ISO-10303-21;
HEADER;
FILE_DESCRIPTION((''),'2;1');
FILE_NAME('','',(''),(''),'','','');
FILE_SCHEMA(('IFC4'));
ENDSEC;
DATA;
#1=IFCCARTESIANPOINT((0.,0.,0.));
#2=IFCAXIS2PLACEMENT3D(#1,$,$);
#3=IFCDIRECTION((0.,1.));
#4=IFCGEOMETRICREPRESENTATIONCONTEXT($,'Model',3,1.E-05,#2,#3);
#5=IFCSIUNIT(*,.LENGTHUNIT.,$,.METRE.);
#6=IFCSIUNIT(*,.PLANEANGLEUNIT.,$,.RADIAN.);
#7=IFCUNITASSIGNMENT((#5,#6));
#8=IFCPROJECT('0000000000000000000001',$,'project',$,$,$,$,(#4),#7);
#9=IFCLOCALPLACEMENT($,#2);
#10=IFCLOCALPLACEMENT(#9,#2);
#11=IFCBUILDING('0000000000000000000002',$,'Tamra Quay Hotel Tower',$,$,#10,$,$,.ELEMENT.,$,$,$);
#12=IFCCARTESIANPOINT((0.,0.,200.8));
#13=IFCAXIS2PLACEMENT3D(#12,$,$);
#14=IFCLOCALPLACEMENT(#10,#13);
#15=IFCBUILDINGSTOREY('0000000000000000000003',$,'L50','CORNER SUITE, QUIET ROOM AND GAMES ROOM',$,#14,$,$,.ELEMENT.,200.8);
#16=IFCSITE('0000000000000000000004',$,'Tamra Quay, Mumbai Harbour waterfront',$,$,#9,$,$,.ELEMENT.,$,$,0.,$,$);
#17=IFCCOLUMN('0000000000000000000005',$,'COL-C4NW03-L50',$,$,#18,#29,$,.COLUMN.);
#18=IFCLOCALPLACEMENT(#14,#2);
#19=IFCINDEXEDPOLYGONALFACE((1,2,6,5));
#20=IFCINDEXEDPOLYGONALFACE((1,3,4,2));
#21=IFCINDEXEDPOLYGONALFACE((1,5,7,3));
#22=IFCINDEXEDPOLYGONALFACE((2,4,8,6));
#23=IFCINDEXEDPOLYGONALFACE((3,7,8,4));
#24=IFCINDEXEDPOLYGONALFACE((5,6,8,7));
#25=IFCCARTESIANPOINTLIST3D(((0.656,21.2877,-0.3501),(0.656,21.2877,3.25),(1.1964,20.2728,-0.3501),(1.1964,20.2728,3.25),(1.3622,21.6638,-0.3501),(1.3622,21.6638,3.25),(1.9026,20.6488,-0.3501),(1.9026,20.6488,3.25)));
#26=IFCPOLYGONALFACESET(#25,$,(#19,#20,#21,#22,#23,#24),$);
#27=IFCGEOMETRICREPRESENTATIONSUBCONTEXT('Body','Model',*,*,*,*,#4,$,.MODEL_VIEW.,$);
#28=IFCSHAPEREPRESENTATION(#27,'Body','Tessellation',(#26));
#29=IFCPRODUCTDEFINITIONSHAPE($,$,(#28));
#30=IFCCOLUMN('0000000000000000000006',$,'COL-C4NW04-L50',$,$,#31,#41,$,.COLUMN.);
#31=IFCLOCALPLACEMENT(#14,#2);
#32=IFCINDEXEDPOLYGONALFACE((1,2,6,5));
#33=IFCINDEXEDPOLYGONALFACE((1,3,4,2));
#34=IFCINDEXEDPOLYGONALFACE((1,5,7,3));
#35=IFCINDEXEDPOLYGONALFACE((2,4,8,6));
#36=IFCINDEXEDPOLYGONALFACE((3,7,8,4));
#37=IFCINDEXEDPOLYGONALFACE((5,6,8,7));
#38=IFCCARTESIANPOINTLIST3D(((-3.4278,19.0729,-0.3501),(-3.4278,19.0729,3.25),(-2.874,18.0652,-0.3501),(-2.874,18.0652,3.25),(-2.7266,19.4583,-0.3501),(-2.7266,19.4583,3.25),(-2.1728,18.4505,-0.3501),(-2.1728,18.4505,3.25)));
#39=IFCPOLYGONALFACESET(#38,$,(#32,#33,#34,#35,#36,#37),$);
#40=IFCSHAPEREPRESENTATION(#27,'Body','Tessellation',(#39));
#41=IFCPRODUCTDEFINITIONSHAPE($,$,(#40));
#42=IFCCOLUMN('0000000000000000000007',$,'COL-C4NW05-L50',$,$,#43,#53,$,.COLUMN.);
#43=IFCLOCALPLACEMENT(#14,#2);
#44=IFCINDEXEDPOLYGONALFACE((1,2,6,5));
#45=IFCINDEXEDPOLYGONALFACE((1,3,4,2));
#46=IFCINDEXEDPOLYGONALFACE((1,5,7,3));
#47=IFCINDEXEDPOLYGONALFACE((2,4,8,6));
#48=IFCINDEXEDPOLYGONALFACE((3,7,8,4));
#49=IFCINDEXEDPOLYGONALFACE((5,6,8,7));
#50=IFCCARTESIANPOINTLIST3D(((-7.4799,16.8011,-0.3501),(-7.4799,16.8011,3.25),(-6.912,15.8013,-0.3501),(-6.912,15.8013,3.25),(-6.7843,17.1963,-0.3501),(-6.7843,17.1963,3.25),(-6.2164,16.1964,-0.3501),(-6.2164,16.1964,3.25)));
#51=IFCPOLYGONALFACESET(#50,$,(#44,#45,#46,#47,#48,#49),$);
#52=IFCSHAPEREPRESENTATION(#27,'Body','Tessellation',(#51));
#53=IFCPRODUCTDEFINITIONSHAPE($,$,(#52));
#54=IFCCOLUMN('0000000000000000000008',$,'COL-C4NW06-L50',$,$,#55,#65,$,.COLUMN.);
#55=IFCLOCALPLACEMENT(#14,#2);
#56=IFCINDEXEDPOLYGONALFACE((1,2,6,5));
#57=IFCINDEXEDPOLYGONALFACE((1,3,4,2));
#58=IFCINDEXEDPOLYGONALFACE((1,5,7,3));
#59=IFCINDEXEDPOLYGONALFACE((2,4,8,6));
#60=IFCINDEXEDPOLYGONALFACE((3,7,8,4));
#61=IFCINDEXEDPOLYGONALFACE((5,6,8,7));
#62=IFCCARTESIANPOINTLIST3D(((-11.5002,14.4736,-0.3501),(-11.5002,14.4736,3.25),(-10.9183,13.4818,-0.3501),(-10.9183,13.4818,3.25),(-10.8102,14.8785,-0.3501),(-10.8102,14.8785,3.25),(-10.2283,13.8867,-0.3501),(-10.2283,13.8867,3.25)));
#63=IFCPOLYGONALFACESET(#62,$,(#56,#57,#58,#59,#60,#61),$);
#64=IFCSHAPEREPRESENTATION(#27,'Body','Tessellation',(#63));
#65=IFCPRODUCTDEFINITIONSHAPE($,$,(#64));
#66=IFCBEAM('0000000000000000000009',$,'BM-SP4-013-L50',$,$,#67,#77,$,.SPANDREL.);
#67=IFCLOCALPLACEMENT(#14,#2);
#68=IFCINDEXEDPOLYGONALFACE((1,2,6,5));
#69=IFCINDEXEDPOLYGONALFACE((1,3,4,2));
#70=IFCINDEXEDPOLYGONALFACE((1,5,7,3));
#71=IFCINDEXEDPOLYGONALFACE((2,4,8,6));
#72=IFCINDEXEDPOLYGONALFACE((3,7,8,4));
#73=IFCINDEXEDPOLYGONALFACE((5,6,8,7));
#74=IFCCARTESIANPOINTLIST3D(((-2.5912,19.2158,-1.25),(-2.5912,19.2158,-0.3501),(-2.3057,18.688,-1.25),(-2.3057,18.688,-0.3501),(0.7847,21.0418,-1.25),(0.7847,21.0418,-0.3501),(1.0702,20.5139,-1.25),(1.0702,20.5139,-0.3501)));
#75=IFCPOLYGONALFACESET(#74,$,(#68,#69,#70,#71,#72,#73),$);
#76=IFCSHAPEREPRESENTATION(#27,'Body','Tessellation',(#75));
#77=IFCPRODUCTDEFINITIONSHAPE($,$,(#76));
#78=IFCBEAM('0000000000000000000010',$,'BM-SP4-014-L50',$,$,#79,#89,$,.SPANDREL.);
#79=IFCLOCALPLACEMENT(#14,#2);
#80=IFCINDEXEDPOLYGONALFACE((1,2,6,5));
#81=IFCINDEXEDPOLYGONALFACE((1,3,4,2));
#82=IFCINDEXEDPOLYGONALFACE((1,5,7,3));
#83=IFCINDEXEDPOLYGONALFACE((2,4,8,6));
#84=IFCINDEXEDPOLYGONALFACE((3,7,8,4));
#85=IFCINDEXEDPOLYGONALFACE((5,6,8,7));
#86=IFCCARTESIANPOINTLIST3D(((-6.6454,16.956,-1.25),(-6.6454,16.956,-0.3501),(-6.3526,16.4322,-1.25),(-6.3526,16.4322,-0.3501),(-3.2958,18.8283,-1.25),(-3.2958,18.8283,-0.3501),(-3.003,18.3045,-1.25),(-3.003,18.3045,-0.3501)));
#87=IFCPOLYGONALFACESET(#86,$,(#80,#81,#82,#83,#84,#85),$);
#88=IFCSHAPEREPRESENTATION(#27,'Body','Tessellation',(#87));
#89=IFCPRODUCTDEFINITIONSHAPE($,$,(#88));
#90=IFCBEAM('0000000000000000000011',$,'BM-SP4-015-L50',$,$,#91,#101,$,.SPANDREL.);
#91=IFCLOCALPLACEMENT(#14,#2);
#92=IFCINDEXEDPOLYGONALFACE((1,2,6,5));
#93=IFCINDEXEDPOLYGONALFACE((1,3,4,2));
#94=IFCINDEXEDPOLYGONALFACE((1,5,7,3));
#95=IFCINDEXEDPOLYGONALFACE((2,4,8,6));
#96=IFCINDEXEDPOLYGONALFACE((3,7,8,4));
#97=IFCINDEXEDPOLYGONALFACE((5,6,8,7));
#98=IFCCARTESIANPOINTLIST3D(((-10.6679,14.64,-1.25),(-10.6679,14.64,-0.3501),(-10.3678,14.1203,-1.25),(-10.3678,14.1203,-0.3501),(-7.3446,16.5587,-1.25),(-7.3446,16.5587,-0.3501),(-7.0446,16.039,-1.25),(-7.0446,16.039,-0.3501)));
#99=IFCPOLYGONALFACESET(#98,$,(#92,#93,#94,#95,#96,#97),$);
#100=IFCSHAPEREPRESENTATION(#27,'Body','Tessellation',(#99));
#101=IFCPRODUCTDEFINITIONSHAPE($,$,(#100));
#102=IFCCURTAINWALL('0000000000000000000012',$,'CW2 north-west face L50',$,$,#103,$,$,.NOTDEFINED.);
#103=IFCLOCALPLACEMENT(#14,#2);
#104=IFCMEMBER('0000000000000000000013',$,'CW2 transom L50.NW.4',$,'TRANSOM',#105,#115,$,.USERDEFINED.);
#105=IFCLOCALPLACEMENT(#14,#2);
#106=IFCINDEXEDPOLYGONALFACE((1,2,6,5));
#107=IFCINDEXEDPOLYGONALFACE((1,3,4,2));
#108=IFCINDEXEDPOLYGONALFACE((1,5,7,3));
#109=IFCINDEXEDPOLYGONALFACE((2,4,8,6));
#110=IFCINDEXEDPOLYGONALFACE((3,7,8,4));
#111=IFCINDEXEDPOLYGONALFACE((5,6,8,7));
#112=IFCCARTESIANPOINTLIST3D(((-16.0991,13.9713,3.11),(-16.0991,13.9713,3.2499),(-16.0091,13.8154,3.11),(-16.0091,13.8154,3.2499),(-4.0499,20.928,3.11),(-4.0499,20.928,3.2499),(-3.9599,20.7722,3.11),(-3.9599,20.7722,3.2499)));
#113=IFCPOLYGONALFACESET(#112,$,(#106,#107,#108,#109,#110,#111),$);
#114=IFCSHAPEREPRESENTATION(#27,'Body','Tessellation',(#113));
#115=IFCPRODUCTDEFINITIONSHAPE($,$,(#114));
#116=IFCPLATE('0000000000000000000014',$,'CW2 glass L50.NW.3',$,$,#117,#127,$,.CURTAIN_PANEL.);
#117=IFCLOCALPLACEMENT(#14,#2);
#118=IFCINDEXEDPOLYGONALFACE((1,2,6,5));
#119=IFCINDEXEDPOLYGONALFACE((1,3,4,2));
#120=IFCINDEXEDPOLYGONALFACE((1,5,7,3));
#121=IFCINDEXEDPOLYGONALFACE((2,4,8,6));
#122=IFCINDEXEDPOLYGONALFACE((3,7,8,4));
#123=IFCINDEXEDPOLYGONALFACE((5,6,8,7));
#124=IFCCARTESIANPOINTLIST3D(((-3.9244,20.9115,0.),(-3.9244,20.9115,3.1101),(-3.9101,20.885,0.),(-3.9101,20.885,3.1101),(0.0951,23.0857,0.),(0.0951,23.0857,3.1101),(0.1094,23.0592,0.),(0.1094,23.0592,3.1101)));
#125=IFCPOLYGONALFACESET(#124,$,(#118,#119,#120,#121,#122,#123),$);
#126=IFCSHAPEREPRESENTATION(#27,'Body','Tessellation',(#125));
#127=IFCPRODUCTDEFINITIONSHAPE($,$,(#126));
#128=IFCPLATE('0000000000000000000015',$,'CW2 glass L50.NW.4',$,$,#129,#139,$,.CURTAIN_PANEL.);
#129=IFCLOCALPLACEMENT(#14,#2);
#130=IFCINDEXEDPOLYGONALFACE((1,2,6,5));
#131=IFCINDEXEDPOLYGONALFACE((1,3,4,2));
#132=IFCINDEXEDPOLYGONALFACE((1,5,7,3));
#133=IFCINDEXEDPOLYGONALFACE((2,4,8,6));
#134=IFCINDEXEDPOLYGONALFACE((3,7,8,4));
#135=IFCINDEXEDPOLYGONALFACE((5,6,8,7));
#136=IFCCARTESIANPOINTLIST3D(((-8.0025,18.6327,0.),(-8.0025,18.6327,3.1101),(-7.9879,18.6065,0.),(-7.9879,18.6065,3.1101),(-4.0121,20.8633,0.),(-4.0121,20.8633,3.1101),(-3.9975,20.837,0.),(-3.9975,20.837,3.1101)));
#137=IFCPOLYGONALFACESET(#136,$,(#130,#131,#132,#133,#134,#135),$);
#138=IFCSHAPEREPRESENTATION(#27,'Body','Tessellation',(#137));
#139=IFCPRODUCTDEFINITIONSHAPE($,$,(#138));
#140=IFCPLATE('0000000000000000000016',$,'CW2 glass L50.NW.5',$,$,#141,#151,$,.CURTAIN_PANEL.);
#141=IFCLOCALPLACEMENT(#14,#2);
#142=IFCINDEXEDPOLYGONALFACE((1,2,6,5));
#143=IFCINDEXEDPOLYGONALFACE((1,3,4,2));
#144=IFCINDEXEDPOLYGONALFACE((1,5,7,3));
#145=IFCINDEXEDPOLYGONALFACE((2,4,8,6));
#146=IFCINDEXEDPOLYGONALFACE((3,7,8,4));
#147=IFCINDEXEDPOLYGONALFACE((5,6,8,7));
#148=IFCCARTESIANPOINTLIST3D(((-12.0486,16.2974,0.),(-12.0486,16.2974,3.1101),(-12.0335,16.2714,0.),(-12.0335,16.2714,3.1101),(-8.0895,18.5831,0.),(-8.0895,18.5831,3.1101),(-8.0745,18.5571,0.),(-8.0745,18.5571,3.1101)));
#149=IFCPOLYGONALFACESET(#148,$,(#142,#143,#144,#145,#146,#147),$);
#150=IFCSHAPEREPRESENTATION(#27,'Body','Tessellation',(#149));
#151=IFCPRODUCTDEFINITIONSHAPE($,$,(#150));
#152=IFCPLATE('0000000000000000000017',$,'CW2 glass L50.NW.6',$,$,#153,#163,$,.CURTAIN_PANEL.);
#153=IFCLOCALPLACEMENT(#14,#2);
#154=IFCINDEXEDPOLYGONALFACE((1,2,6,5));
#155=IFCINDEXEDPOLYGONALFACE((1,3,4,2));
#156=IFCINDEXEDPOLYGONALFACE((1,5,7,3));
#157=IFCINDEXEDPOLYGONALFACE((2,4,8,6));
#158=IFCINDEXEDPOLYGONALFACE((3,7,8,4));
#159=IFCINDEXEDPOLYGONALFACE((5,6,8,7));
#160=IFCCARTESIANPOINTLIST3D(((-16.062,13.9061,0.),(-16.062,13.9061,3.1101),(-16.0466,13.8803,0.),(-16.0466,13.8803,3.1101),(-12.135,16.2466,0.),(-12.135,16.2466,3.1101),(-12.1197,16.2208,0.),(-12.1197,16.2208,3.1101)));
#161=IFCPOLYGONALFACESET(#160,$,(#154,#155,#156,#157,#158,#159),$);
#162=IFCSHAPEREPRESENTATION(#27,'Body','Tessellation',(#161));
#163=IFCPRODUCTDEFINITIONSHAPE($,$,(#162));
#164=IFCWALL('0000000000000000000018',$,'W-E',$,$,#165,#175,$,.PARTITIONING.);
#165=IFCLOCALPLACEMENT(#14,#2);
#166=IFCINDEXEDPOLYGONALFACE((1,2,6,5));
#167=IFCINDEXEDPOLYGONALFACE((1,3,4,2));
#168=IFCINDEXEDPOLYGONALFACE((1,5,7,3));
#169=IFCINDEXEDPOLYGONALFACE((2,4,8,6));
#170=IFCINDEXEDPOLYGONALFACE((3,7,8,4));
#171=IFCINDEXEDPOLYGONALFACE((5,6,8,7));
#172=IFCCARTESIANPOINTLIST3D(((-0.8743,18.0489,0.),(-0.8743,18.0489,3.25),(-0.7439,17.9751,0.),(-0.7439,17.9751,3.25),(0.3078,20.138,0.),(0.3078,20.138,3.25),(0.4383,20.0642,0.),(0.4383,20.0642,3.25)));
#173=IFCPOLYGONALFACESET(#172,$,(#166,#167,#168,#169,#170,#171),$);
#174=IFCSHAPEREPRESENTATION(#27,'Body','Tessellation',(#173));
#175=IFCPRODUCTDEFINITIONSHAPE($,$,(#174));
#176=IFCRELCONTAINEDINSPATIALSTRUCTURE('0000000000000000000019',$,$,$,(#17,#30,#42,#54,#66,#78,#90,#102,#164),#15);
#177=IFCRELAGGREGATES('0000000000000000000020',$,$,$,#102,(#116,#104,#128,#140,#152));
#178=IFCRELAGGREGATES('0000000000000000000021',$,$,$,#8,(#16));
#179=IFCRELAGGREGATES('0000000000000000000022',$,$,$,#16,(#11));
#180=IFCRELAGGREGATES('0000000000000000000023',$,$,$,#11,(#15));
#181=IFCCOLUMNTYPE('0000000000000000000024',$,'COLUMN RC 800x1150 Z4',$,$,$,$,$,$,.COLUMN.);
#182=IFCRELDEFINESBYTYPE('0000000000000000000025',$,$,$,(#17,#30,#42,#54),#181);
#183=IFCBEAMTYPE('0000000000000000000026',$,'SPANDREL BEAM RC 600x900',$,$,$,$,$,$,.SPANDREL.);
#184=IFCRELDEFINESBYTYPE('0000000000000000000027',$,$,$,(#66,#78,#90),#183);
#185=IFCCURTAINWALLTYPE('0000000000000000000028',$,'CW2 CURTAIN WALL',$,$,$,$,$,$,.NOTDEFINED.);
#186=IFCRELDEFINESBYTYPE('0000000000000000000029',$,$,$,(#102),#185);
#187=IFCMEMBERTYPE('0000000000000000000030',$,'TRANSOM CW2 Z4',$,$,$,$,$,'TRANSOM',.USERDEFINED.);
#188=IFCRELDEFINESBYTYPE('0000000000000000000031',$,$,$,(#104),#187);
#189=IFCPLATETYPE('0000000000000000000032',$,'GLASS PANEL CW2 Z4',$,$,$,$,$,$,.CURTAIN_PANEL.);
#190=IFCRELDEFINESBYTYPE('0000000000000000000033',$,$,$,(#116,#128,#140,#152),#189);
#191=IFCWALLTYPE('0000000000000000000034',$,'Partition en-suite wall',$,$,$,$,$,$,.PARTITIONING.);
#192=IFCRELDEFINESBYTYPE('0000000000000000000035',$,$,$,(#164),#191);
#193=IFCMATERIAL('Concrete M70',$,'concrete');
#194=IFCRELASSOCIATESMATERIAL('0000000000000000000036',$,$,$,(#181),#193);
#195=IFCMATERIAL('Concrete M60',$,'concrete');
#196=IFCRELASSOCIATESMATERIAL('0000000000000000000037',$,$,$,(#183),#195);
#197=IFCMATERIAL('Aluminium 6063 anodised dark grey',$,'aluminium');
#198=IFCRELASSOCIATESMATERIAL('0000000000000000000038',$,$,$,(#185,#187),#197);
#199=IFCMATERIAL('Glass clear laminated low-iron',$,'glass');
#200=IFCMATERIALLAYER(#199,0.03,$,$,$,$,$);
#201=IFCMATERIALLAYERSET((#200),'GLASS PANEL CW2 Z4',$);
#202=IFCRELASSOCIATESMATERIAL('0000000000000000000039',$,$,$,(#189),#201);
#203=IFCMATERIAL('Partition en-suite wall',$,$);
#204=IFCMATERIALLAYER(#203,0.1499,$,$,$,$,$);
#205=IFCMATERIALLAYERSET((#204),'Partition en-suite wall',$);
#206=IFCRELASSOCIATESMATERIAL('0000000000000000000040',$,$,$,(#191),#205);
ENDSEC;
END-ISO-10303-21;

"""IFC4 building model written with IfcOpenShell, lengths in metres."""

from ifc_helpers import new_model, si_unit, direction, frame, frame_2d, origin, origin_2d, place, context, subcontext, project, spatial, rectangle, extrude, material, layer, layer_set, material_profile, profile_set, type_object, element, aggregate, save


model = new_model("IFC4")

# Units and contexts
model_context = context("Model", 3, precision=1e-05, world=origin(), true_north=direction((0.0, 1.0)))
body_context = subcontext(model_context, "Body", "Model", "MODEL_VIEW")
ifc_project = project(units=[si_unit("LENGTHUNIT", "METRE"), si_unit("PLANEANGLEUNIT", "RADIAN")], contexts=[model_context])

# Site, building, storey
site_placement = place(None, origin())
site = spatial("IfcSite", under=ifc_project, at=site_placement, Name="Tamra Quay, Mumbai Harbour waterfront", CompositionType="ELEMENT", RefElevation=0.0)
building_placement = place(site_placement, origin())
building = spatial("IfcBuilding", under=site, at=building_placement, Name="Tamra Quay Hotel Tower", CompositionType="ELEMENT")
storey_placement = place(building_placement, frame((0.0, 0.0, 200.8)))
storey = spatial("IfcBuildingStorey", under=building, at=storey_placement, Name="L50", Description="CORNER SUITE, QUIET ROOM AND GAMES ROOM", CompositionType="ELEMENT", Elevation=200.8)

# Columns
ifc_material_1 = material(Name="Concrete M70", Category="concrete")
ifc_material_profile_1 = material_profile(ifc_material_1, rectangle(XDim=1.1499, YDim=0.8, at=origin_2d()), Name="COLUMN RC 800x1150 Z4")
ifc_profile_set_1 = profile_set([ifc_material_profile_1], Name="Concrete M70")
column_type = type_object("IfcColumnType", Name="COLUMN RC 800x1150 Z4", PredefinedType="COLUMN", material=ifc_profile_set_1)
for number, where, z_axis, x_axis, name in (
    (1, (1.2793, 20.9683, -0.3501), (0.0, 0.0, 1.0), (-0.470002, 0.882666, 0.0), "COL-C4NW03-L50"),
    (2, (-2.8003, 18.7617, -0.3501), (0.0, 0.0, 1.0), (-0.481602, 0.87639, 0.0), "COL-C4NW04-L50"),
    (3, (-6.8481, 16.4988, -0.3501), (0.0, 0.0, 1.0), (-0.49389, 0.869524, 0.0), "COL-C4NW05-L50"),
    (4, (-10.8643, 14.1802, -0.3501), (0.0, 0.0, 1.0), (-0.506085, 0.862484, 0.0), "COL-C4NW06-L50"),
):
    element("IfcColumn", number, at=place(storey_placement, frame(where, z_axis=z_axis, x_axis=x_axis)), inside=storey, type_object=column_type, Name=name, PredefinedType="COLUMN", context=body_context, shape_type="SweptSolid", body=[
        extrude(rectangle(XDim=1.1499, YDim=0.8, at=origin_2d()), origin(), (0.0, 0.0, 1.0), 3.6001),
    ])

# Beams
ifc_material_2 = material(Name="Concrete M60", Category="concrete")
ifc_material_profile_2 = material_profile(ifc_material_2, rectangle(XDim=0.6001, YDim=0.8999, at=origin_2d()), Name="SPANDREL BEAM RC 600x900")
ifc_profile_set_2 = profile_set([ifc_material_profile_2], Name="Concrete M60")
beam_type = type_object("IfcBeamType", Name="SPANDREL BEAM RC 600x900", PredefinedType="SPANDREL", material=ifc_profile_set_2)
beam_placement = place(storey_placement, frame((0.9275, 20.7778, -0.8), z_axis=(-0.879589, -0.475734, 0.0), x_axis=(0.475734, -0.879589, 0.0)))
element("IfcBeam", 5, at=beam_placement, inside=storey, type_object=beam_type, Name="BM-SP4-013-L50", PredefinedType="SPANDREL", context=body_context, shape_type="SweptSolid", body=[
    extrude(rectangle(XDim=0.6001, YDim=0.8999, at=origin_2d()), origin(), (0.0, 0.0, 1.0), 3.8381),
])
for number, where, z_axis, x_axis, name in (
    (6, (-3.1494, 18.5664, -0.8), (-0.872891, -0.487915, 0.0), (0.487915, -0.872891, 0.0), "BM-SP4-014-L50"),
    (7, (-7.1946, 16.2988, -0.8), (-0.866022, -0.500005, 0.0), (0.500005, -0.866022, 0.0), "BM-SP4-015-L50"),
):
    element("IfcBeam", number, at=place(storey_placement, frame(where, z_axis=z_axis, x_axis=x_axis)), inside=storey, type_object=beam_type, Name=name, PredefinedType="SPANDREL", context=body_context, shape_type="SweptSolid", body=[
        extrude(rectangle(XDim=0.6001, YDim=0.8999, at=origin_2d()), origin(), (0.0, 0.0, 1.0), 3.8374),
    ])

# Curtain wall, member, plates
ifc_material_3 = material(Name="Aluminium 6063 anodised dark grey", Category="aluminium")
curtain_wall_type = type_object("IfcCurtainWallType", Name="CW2 CURTAIN WALL", PredefinedType="NOTDEFINED", material=ifc_material_3)
curtain_wall_placement = place(storey_placement, origin())
curtain_wall = element("IfcCurtainWall", 8, at=curtain_wall_placement, inside=storey, type_object=curtain_wall_type, Name="CW2 north-west face L50", PredefinedType="NOTDEFINED")
ifc_material_profile_3 = material_profile(ifc_material_3, rectangle(XDim=0.1799, YDim=0.1399, at=origin_2d()), Name="TRANSOM 180X140")
ifc_profile_set_3 = profile_set([ifc_material_profile_3], Name="Aluminium 6063 anodised dark grey")
member_type = type_object("IfcMemberType", Name="TRANSOM CW2 Z4", ElementType="TRANSOM", PredefinedType="USERDEFINED", material=ifc_profile_set_3)
member_placement = place(storey_placement, frame((-4.0049, 20.8501, 3.1799), z_axis=(-0.866022, -0.500006, 0.0), x_axis=(0.500006, -0.866022, 0.0)))
member = element("IfcMember", 9, at=member_placement, type_object=member_type, Name="CW2 transom L50.NW.4", ObjectType="TRANSOM", PredefinedType="USERDEFINED", context=body_context, shape_type="SweptSolid", body=[
    extrude(rectangle(XDim=0.1799, YDim=0.1399, at=origin_2d()), origin(), (0.0, 0.0, 1.0), 13.9133),
])
ifc_material_4 = material(Name="Glass clear laminated low-iron", Category="glass")
ifc_layer_1 = layer(ifc_material_4, 0.03)
ifc_layer_set_1 = layer_set([ifc_layer_1], Name="GLASS PANEL CW2 Z4")
plate_type = type_object("IfcPlateType", Name="GLASS PANEL CW2 Z4", PredefinedType="CURTAIN_PANEL", material=ifc_layer_set_1)
plate_1_placement = place(storey_placement, frame((-1.9075, 21.9854, 0.0), z_axis=(0.0, 0.0, 1.0), x_axis=(-0.879569, -0.475772, 0.0)))
plate_1 = element("IfcPlate", 10, at=plate_1_placement, type_object=plate_type, Name="CW2 glass L50.NW.3", PredefinedType="CURTAIN_PANEL", context=body_context, shape_type="SweptSolid", body=[
    extrude(rectangle(XDim=4.5698, YDim=0.03, at=origin_2d()), origin(), (0.0, 0.0, 1.0), 3.1101),
])
plate_2_placement = place(storey_placement, frame((-6.0, 19.7349, 0.0), z_axis=(0.0, 0.0, 1.0), x_axis=(-0.872885, -0.487926, 0.0)))
plate_2 = element("IfcPlate", 11, at=plate_2_placement, type_object=plate_type, Name="CW2 glass L50.NW.4", PredefinedType="CURTAIN_PANEL", context=body_context, shape_type="SweptSolid", body=[
    extrude(rectangle(XDim=4.5715, YDim=0.03, at=origin_2d()), origin(), (0.0, 0.0, 1.0), 3.1101),
])
plate_3_placement = place(storey_placement, frame((-10.0615, 17.4272, 0.0), z_axis=(0.0, 0.0, 1.0), x_axis=(-0.866025, -0.5, 0.0)))
plate_3 = element("IfcPlate", 12, at=plate_3_placement, type_object=plate_type, Name="CW2 glass L50.NW.5", PredefinedType="CURTAIN_PANEL", context=body_context, shape_type="SweptSolid", body=[
    extrude(rectangle(XDim=4.5715, YDim=0.03, at=origin_2d()), origin(), (0.0, 0.0, 1.0), 3.1101),
])
plate_4_placement = place(storey_placement, frame((-14.0908, 15.0635, 0.0), z_axis=(0.0, 0.0, 1.0), x_axis=(-0.858999, -0.511978, 0.0)))
plate_4 = element("IfcPlate", 13, at=plate_4_placement, type_object=plate_type, Name="CW2 glass L50.NW.6", PredefinedType="CURTAIN_PANEL", context=body_context, shape_type="SweptSolid", body=[
    extrude(rectangle(XDim=4.5715, YDim=0.03, at=origin_2d()), origin(), (0.0, 0.0, 1.0), 3.1101),
])
aggregate(curtain_wall, [plate_1, member, plate_2, plate_3, plate_4])

# Wall
ifc_material_5 = material(Name="Partition en-suite wall")
ifc_layer_2 = layer(ifc_material_5, 0.1499)
ifc_layer_set_2 = layer_set([ifc_layer_2], Name="Partition en-suite wall")
wall_type_1 = type_object("IfcWallType", Name="Partition en-suite wall", PredefinedType="PARTITIONING", material=ifc_layer_set_2)
wall_1_placement = place(storey_placement, frame((-0.8091, 18.012, 0.0), z_axis=(0.0, 0.0, 1.0), x_axis=(0.492476, 0.870326, 0.0)))
element("IfcWall", 14, at=wall_1_placement, inside=storey, type_object=wall_type_1, Name="W-E", PredefinedType="PARTITIONING", context=body_context, shape_type="SweptSolid", body=[
    extrude(rectangle(XDim=2.4004, YDim=0.1499, at=frame_2d((1.2002, 0.0))), origin(), (0.0, 0.0, 1.0), 3.25),
])

save(model, "model.ifc")
